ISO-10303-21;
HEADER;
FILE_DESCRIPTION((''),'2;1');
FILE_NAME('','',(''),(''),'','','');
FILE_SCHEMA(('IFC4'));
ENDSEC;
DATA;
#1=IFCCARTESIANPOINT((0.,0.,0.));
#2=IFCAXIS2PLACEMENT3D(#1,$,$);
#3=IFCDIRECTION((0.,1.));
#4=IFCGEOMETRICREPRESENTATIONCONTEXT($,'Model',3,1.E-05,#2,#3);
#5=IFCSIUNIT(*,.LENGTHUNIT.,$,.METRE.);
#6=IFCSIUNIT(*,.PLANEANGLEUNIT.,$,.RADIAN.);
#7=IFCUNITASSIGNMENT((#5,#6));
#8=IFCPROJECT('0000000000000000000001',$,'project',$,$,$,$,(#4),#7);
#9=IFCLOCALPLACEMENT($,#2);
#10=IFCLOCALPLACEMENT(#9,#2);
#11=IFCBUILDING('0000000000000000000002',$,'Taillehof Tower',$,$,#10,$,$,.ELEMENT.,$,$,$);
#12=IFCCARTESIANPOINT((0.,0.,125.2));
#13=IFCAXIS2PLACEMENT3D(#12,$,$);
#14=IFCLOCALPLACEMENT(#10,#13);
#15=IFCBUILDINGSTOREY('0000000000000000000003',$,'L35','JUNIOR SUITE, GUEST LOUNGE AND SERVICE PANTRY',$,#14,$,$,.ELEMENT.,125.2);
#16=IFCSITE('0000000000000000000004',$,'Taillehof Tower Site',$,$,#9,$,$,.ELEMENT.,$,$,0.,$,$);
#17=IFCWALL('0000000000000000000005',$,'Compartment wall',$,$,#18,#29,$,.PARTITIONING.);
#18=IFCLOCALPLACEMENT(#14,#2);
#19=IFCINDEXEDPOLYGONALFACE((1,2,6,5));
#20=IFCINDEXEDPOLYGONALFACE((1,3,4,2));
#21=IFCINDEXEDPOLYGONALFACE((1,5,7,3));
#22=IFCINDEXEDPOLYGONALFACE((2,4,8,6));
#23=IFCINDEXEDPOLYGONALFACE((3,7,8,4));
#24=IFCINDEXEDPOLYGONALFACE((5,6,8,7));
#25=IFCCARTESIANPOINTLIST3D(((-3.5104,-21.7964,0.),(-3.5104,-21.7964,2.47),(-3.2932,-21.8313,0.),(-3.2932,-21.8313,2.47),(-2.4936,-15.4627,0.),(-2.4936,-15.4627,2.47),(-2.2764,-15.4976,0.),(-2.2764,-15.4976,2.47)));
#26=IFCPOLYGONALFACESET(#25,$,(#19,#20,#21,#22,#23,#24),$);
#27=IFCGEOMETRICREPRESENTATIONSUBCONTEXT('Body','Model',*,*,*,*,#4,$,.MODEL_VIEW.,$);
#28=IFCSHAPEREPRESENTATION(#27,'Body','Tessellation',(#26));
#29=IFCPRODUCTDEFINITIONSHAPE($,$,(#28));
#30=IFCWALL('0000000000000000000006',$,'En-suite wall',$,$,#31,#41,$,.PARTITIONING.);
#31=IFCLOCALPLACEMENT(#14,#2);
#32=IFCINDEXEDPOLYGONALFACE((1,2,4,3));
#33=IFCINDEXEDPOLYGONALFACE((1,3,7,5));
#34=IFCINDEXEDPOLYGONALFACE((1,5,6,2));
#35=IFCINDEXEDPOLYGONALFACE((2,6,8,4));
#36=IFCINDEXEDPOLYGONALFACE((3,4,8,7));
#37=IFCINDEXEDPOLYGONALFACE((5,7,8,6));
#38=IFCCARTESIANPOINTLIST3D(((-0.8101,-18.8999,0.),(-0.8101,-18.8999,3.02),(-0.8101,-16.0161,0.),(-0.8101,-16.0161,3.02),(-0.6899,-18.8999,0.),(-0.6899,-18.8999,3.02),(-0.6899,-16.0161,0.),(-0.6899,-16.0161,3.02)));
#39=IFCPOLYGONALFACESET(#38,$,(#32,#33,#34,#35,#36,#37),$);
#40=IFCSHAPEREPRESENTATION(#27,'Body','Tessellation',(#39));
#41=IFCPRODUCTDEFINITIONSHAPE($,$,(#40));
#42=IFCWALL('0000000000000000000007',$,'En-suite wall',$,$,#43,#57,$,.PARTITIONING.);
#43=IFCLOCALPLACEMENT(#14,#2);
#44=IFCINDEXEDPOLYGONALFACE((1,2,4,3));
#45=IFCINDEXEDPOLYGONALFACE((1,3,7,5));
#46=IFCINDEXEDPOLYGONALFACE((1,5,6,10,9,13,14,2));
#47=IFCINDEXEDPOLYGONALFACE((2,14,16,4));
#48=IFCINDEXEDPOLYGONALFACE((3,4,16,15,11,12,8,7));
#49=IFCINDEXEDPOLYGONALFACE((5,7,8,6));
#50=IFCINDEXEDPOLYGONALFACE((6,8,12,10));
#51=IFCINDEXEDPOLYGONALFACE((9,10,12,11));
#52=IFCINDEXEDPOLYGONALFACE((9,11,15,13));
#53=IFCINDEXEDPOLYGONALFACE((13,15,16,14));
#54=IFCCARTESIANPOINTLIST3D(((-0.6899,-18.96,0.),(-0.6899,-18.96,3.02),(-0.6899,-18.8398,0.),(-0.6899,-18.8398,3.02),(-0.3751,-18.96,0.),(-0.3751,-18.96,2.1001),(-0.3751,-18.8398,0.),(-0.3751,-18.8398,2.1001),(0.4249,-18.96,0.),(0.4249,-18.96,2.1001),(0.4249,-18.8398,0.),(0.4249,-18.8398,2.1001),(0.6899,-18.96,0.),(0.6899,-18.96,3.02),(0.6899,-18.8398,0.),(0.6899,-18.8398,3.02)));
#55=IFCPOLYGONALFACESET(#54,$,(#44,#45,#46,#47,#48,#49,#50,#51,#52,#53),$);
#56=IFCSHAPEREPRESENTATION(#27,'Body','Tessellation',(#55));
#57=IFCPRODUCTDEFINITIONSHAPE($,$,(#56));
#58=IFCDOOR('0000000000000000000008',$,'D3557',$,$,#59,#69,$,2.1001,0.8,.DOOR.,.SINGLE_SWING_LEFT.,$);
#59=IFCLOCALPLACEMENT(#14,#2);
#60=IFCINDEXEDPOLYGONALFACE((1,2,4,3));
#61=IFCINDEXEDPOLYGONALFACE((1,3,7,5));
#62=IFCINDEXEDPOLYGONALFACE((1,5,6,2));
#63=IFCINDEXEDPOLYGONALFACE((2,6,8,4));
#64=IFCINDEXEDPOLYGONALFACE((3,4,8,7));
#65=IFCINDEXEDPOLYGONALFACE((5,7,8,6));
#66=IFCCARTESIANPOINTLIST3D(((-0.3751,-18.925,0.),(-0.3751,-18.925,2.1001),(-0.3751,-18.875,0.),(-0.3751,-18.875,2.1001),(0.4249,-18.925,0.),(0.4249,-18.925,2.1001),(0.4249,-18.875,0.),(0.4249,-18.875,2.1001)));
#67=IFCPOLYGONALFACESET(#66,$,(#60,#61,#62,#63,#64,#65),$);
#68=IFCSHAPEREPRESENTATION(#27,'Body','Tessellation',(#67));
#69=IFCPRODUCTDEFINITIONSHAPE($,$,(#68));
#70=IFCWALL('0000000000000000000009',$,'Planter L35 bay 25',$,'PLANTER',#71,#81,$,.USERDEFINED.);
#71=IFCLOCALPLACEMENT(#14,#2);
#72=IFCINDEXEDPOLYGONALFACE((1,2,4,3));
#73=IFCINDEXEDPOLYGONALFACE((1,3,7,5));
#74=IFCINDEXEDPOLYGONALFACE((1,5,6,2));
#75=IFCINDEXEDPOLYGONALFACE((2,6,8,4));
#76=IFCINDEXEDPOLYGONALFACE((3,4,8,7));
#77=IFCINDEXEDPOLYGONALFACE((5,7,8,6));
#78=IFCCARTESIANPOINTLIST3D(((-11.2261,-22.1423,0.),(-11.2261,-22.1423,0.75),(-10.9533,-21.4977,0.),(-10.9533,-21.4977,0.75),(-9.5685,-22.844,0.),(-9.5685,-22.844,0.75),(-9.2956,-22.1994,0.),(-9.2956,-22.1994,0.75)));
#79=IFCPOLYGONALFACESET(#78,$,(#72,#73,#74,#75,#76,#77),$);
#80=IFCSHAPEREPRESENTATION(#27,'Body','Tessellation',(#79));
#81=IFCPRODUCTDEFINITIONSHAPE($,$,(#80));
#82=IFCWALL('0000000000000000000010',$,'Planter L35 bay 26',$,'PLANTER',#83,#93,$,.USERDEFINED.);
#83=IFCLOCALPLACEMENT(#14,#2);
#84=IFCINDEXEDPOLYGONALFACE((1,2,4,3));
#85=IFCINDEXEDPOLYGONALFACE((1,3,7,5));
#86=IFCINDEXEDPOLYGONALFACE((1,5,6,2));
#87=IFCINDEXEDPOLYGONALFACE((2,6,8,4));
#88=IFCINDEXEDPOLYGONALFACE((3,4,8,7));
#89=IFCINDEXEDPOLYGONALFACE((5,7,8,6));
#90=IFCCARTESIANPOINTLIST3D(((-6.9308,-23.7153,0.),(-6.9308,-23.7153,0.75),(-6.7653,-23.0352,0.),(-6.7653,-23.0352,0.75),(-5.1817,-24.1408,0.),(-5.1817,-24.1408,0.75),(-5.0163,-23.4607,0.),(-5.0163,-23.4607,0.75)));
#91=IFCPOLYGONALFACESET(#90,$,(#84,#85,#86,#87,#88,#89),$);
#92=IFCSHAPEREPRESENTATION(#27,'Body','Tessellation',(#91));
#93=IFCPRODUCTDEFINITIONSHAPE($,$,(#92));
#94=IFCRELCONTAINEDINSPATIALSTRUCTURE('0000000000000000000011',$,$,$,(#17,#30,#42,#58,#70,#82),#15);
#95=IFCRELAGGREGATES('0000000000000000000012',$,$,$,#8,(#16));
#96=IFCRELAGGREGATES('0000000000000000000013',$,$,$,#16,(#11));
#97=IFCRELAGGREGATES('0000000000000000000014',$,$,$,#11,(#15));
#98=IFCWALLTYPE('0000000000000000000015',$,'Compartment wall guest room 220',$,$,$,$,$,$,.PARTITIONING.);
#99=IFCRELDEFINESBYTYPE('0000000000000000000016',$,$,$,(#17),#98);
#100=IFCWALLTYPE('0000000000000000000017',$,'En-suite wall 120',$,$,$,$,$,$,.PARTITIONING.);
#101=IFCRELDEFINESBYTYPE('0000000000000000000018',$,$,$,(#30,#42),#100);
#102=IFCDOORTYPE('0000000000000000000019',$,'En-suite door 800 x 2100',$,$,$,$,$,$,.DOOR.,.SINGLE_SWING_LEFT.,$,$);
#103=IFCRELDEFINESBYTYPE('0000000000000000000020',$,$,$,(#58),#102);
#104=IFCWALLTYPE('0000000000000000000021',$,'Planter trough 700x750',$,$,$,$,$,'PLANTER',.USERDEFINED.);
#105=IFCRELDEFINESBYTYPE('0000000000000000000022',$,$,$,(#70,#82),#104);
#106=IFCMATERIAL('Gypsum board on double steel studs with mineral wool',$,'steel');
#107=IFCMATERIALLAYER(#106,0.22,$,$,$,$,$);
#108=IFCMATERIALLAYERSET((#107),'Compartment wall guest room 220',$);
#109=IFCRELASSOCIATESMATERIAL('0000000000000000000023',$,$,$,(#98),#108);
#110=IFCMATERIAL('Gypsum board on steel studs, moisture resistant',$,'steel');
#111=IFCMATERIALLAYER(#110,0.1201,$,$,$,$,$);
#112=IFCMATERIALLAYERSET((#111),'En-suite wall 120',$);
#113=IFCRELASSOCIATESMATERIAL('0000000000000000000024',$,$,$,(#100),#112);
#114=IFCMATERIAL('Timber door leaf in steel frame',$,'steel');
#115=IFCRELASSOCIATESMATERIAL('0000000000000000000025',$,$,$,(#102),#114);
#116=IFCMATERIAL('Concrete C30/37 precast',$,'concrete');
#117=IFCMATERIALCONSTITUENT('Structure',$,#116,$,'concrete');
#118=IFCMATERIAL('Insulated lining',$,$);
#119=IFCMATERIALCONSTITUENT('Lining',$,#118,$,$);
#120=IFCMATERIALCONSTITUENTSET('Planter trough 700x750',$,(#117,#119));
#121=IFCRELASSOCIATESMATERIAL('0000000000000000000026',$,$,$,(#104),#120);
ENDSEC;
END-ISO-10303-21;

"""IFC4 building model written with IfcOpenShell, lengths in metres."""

from ifc_helpers import new_model, si_unit, direction, frame, frame_2d, origin, place, context, subcontext, project, spatial, rectangle, extrude, material, layer, layer_set, constituent, constituent_set, type_object, element, fill, save


model = new_model("IFC4")

# Units and contexts
model_context = context("Model", 3, precision=1e-05, world=origin(), true_north=direction((0.0, 1.0)))
body_context = subcontext(model_context, "Body", "Model", "MODEL_VIEW")
ifc_project = project(units=[si_unit("LENGTHUNIT", "METRE"), si_unit("PLANEANGLEUNIT", "RADIAN")], contexts=[model_context])

# Site, building, storey
site_placement = place(None, origin())
site = spatial("IfcSite", under=ifc_project, at=site_placement, Name="Taillehof Tower Site", CompositionType="ELEMENT", RefElevation=0.0)
building_placement = place(site_placement, origin())
building = spatial("IfcBuilding", under=site, at=building_placement, Name="Taillehof Tower", CompositionType="ELEMENT")
storey_placement = place(building_placement, frame((0.0, 0.0, 125.2)))
storey = spatial("IfcBuildingStorey", under=building, at=storey_placement, Name="L35", Description="JUNIOR SUITE, GUEST LOUNGE AND SERVICE PANTRY", CompositionType="ELEMENT", Elevation=125.2)

# Walls
ifc_material_1 = material(Name="Gypsum board on double steel studs with mineral wool", Category="steel")
ifc_layer_1 = layer(ifc_material_1, 0.22)
ifc_layer_set_1 = layer_set([ifc_layer_1], Name="Compartment wall guest room 220")
wall_type_1 = type_object("IfcWallType", Name="Compartment wall guest room 220", PredefinedType="PARTITIONING", material=ifc_layer_set_1)
wall_1_placement = place(storey_placement, frame((-3.4019, -21.814, 0.0), z_axis=(0.0, 0.0, 1.0), x_axis=(0.158514, 0.987357, 0.0)))
element("IfcWall", 1, at=wall_1_placement, inside=storey, type_object=wall_type_1, Name="Compartment wall", PredefinedType="PARTITIONING", context=body_context, shape_type="SweptSolid", body=[
    extrude(rectangle(XDim=6.4148, YDim=0.22, at=frame_2d((3.2075, 0.0))), origin(), (0.0, 0.0, 1.0), 2.47),
])
ifc_material_2 = material(Name="Gypsum board on steel studs, moisture resistant", Category="steel")
ifc_layer_2 = layer(ifc_material_2, 0.1201)
ifc_layer_set_2 = layer_set([ifc_layer_2], Name="En-suite wall 120")
wall_type_2 = type_object("IfcWallType", Name="En-suite wall 120", PredefinedType="PARTITIONING", material=ifc_layer_set_2)
wall_2_placement = place(storey_placement, frame((-0.75, -16.0161, 0.0), z_axis=(0.0, 0.0, 1.0), x_axis=(0.0, -1.0, 0.0)))
element("IfcWall", 2, at=wall_2_placement, inside=storey, type_object=wall_type_2, Name="En-suite wall", PredefinedType="PARTITIONING", context=body_context, shape_type="SweptSolid", body=[
    extrude(rectangle(XDim=2.8838, YDim=0.1201, at=frame_2d((1.4419, 0.0))), origin(), (0.0, 0.0, 1.0), 3.02),
])

# Wall, opening, door
wall_3_placement = place(storey_placement, frame((-0.6899, -18.8999, 0.0), z_axis=(0.0, 0.0, 1.0), x_axis=(1.0, 0.0, 0.0)))
wall_3 = element("IfcWall", 3, at=wall_3_placement, inside=storey, type_object=wall_type_2, Name="En-suite wall", PredefinedType="PARTITIONING", context=body_context, shape_type="SweptSolid", body=[
    extrude(rectangle(XDim=1.3799, YDim=0.1201, at=frame_2d((0.6899, 0.0))), origin(), (0.0, 0.0, 1.0), 3.02),
])
opening_1_placement = place(wall_3_placement, frame((0.3149, 0.0, 0.0)))
opening_1 = element("IfcOpeningElement", 4, at=opening_1_placement, cuts=wall_3, PredefinedType="OPENING", context=body_context, shape_type="SweptSolid", body=[
    extrude(rectangle(XDim=0.8, YDim=2.1001, at=frame_2d((0.3999, 1.05))), frame((0.0, 0.0701, 0.0), z_axis=(0.0, -1.0, 0.0), x_axis=(1.0, 0.0, 0.0)), (0.0, 0.0, 1.0), 0.1401),
])
ifc_material_3 = material(Name="Timber door leaf in steel frame", Category="steel")
door_type_1 = type_object("IfcDoorType", Name="En-suite door 800 x 2100", OperationType="SINGLE_SWING_LEFT", PredefinedType="DOOR", material=ifc_material_3)
door_1_placement = place(opening_1_placement, origin())
door_1 = element("IfcDoor", 5, at=door_1_placement, inside=storey, type_object=door_type_1, Name="D3557", OperationType="SINGLE_SWING_LEFT", OverallHeight=2.1001, OverallWidth=0.8, PredefinedType="DOOR", context=body_context, shape_type="SweptSolid", body=[
    extrude(rectangle(XDim=0.8, YDim=2.1001, at=frame_2d((0.3999, 1.05))), frame((0.0, 0.0249, 0.0), z_axis=(0.0, -1.0, 0.0), x_axis=(1.0, 0.0, 0.0)), (0.0, 0.0, 1.0), 0.05),
])
fill(opening_1, door_1)

# Walls
ifc_material_4 = material(Name="Concrete C30/37 precast", Category="concrete")
ifc_constituent_1 = constituent(ifc_material_4, Name="Structure", Category="concrete")
ifc_material_5 = material(Name="Insulated lining")
ifc_constituent_2 = constituent(ifc_material_5, Name="Lining")
ifc_constituent_set = constituent_set(constituents=[ifc_constituent_1, ifc_constituent_2], Name="Planter trough 700x750")
wall_type_3 = type_object("IfcWallType", Name="Planter trough 700x750", ElementType="PLANTER", PredefinedType="USERDEFINED", material=ifc_constituent_set)
for number, where, z_axis, x_axis, name in (
    (6, (-11.0896, -21.8201, 0.0), (0.0, 0.0, 1.0), (0.920904, -0.38979, 0.0), "Planter L35 bay 25"),
    (7, (-6.8479, -23.3752, 0.0), (0.0, 0.0, 1.0), (0.971655, -0.236403, 0.0), "Planter L35 bay 26"),
):
    element("IfcWall", number, at=place(storey_placement, frame(where, z_axis=z_axis, x_axis=x_axis)), inside=storey, type_object=wall_type_3, Name=name, ObjectType="PLANTER", PredefinedType="USERDEFINED", context=body_context, shape_type="SweptSolid", body=[
        extrude(rectangle(XDim=1.8, YDim=0.7, at=frame_2d((0.8999, 0.0))), origin(), (0.0, 0.0, 1.0), 0.75),
    ])

save(model, "model.ifc")
